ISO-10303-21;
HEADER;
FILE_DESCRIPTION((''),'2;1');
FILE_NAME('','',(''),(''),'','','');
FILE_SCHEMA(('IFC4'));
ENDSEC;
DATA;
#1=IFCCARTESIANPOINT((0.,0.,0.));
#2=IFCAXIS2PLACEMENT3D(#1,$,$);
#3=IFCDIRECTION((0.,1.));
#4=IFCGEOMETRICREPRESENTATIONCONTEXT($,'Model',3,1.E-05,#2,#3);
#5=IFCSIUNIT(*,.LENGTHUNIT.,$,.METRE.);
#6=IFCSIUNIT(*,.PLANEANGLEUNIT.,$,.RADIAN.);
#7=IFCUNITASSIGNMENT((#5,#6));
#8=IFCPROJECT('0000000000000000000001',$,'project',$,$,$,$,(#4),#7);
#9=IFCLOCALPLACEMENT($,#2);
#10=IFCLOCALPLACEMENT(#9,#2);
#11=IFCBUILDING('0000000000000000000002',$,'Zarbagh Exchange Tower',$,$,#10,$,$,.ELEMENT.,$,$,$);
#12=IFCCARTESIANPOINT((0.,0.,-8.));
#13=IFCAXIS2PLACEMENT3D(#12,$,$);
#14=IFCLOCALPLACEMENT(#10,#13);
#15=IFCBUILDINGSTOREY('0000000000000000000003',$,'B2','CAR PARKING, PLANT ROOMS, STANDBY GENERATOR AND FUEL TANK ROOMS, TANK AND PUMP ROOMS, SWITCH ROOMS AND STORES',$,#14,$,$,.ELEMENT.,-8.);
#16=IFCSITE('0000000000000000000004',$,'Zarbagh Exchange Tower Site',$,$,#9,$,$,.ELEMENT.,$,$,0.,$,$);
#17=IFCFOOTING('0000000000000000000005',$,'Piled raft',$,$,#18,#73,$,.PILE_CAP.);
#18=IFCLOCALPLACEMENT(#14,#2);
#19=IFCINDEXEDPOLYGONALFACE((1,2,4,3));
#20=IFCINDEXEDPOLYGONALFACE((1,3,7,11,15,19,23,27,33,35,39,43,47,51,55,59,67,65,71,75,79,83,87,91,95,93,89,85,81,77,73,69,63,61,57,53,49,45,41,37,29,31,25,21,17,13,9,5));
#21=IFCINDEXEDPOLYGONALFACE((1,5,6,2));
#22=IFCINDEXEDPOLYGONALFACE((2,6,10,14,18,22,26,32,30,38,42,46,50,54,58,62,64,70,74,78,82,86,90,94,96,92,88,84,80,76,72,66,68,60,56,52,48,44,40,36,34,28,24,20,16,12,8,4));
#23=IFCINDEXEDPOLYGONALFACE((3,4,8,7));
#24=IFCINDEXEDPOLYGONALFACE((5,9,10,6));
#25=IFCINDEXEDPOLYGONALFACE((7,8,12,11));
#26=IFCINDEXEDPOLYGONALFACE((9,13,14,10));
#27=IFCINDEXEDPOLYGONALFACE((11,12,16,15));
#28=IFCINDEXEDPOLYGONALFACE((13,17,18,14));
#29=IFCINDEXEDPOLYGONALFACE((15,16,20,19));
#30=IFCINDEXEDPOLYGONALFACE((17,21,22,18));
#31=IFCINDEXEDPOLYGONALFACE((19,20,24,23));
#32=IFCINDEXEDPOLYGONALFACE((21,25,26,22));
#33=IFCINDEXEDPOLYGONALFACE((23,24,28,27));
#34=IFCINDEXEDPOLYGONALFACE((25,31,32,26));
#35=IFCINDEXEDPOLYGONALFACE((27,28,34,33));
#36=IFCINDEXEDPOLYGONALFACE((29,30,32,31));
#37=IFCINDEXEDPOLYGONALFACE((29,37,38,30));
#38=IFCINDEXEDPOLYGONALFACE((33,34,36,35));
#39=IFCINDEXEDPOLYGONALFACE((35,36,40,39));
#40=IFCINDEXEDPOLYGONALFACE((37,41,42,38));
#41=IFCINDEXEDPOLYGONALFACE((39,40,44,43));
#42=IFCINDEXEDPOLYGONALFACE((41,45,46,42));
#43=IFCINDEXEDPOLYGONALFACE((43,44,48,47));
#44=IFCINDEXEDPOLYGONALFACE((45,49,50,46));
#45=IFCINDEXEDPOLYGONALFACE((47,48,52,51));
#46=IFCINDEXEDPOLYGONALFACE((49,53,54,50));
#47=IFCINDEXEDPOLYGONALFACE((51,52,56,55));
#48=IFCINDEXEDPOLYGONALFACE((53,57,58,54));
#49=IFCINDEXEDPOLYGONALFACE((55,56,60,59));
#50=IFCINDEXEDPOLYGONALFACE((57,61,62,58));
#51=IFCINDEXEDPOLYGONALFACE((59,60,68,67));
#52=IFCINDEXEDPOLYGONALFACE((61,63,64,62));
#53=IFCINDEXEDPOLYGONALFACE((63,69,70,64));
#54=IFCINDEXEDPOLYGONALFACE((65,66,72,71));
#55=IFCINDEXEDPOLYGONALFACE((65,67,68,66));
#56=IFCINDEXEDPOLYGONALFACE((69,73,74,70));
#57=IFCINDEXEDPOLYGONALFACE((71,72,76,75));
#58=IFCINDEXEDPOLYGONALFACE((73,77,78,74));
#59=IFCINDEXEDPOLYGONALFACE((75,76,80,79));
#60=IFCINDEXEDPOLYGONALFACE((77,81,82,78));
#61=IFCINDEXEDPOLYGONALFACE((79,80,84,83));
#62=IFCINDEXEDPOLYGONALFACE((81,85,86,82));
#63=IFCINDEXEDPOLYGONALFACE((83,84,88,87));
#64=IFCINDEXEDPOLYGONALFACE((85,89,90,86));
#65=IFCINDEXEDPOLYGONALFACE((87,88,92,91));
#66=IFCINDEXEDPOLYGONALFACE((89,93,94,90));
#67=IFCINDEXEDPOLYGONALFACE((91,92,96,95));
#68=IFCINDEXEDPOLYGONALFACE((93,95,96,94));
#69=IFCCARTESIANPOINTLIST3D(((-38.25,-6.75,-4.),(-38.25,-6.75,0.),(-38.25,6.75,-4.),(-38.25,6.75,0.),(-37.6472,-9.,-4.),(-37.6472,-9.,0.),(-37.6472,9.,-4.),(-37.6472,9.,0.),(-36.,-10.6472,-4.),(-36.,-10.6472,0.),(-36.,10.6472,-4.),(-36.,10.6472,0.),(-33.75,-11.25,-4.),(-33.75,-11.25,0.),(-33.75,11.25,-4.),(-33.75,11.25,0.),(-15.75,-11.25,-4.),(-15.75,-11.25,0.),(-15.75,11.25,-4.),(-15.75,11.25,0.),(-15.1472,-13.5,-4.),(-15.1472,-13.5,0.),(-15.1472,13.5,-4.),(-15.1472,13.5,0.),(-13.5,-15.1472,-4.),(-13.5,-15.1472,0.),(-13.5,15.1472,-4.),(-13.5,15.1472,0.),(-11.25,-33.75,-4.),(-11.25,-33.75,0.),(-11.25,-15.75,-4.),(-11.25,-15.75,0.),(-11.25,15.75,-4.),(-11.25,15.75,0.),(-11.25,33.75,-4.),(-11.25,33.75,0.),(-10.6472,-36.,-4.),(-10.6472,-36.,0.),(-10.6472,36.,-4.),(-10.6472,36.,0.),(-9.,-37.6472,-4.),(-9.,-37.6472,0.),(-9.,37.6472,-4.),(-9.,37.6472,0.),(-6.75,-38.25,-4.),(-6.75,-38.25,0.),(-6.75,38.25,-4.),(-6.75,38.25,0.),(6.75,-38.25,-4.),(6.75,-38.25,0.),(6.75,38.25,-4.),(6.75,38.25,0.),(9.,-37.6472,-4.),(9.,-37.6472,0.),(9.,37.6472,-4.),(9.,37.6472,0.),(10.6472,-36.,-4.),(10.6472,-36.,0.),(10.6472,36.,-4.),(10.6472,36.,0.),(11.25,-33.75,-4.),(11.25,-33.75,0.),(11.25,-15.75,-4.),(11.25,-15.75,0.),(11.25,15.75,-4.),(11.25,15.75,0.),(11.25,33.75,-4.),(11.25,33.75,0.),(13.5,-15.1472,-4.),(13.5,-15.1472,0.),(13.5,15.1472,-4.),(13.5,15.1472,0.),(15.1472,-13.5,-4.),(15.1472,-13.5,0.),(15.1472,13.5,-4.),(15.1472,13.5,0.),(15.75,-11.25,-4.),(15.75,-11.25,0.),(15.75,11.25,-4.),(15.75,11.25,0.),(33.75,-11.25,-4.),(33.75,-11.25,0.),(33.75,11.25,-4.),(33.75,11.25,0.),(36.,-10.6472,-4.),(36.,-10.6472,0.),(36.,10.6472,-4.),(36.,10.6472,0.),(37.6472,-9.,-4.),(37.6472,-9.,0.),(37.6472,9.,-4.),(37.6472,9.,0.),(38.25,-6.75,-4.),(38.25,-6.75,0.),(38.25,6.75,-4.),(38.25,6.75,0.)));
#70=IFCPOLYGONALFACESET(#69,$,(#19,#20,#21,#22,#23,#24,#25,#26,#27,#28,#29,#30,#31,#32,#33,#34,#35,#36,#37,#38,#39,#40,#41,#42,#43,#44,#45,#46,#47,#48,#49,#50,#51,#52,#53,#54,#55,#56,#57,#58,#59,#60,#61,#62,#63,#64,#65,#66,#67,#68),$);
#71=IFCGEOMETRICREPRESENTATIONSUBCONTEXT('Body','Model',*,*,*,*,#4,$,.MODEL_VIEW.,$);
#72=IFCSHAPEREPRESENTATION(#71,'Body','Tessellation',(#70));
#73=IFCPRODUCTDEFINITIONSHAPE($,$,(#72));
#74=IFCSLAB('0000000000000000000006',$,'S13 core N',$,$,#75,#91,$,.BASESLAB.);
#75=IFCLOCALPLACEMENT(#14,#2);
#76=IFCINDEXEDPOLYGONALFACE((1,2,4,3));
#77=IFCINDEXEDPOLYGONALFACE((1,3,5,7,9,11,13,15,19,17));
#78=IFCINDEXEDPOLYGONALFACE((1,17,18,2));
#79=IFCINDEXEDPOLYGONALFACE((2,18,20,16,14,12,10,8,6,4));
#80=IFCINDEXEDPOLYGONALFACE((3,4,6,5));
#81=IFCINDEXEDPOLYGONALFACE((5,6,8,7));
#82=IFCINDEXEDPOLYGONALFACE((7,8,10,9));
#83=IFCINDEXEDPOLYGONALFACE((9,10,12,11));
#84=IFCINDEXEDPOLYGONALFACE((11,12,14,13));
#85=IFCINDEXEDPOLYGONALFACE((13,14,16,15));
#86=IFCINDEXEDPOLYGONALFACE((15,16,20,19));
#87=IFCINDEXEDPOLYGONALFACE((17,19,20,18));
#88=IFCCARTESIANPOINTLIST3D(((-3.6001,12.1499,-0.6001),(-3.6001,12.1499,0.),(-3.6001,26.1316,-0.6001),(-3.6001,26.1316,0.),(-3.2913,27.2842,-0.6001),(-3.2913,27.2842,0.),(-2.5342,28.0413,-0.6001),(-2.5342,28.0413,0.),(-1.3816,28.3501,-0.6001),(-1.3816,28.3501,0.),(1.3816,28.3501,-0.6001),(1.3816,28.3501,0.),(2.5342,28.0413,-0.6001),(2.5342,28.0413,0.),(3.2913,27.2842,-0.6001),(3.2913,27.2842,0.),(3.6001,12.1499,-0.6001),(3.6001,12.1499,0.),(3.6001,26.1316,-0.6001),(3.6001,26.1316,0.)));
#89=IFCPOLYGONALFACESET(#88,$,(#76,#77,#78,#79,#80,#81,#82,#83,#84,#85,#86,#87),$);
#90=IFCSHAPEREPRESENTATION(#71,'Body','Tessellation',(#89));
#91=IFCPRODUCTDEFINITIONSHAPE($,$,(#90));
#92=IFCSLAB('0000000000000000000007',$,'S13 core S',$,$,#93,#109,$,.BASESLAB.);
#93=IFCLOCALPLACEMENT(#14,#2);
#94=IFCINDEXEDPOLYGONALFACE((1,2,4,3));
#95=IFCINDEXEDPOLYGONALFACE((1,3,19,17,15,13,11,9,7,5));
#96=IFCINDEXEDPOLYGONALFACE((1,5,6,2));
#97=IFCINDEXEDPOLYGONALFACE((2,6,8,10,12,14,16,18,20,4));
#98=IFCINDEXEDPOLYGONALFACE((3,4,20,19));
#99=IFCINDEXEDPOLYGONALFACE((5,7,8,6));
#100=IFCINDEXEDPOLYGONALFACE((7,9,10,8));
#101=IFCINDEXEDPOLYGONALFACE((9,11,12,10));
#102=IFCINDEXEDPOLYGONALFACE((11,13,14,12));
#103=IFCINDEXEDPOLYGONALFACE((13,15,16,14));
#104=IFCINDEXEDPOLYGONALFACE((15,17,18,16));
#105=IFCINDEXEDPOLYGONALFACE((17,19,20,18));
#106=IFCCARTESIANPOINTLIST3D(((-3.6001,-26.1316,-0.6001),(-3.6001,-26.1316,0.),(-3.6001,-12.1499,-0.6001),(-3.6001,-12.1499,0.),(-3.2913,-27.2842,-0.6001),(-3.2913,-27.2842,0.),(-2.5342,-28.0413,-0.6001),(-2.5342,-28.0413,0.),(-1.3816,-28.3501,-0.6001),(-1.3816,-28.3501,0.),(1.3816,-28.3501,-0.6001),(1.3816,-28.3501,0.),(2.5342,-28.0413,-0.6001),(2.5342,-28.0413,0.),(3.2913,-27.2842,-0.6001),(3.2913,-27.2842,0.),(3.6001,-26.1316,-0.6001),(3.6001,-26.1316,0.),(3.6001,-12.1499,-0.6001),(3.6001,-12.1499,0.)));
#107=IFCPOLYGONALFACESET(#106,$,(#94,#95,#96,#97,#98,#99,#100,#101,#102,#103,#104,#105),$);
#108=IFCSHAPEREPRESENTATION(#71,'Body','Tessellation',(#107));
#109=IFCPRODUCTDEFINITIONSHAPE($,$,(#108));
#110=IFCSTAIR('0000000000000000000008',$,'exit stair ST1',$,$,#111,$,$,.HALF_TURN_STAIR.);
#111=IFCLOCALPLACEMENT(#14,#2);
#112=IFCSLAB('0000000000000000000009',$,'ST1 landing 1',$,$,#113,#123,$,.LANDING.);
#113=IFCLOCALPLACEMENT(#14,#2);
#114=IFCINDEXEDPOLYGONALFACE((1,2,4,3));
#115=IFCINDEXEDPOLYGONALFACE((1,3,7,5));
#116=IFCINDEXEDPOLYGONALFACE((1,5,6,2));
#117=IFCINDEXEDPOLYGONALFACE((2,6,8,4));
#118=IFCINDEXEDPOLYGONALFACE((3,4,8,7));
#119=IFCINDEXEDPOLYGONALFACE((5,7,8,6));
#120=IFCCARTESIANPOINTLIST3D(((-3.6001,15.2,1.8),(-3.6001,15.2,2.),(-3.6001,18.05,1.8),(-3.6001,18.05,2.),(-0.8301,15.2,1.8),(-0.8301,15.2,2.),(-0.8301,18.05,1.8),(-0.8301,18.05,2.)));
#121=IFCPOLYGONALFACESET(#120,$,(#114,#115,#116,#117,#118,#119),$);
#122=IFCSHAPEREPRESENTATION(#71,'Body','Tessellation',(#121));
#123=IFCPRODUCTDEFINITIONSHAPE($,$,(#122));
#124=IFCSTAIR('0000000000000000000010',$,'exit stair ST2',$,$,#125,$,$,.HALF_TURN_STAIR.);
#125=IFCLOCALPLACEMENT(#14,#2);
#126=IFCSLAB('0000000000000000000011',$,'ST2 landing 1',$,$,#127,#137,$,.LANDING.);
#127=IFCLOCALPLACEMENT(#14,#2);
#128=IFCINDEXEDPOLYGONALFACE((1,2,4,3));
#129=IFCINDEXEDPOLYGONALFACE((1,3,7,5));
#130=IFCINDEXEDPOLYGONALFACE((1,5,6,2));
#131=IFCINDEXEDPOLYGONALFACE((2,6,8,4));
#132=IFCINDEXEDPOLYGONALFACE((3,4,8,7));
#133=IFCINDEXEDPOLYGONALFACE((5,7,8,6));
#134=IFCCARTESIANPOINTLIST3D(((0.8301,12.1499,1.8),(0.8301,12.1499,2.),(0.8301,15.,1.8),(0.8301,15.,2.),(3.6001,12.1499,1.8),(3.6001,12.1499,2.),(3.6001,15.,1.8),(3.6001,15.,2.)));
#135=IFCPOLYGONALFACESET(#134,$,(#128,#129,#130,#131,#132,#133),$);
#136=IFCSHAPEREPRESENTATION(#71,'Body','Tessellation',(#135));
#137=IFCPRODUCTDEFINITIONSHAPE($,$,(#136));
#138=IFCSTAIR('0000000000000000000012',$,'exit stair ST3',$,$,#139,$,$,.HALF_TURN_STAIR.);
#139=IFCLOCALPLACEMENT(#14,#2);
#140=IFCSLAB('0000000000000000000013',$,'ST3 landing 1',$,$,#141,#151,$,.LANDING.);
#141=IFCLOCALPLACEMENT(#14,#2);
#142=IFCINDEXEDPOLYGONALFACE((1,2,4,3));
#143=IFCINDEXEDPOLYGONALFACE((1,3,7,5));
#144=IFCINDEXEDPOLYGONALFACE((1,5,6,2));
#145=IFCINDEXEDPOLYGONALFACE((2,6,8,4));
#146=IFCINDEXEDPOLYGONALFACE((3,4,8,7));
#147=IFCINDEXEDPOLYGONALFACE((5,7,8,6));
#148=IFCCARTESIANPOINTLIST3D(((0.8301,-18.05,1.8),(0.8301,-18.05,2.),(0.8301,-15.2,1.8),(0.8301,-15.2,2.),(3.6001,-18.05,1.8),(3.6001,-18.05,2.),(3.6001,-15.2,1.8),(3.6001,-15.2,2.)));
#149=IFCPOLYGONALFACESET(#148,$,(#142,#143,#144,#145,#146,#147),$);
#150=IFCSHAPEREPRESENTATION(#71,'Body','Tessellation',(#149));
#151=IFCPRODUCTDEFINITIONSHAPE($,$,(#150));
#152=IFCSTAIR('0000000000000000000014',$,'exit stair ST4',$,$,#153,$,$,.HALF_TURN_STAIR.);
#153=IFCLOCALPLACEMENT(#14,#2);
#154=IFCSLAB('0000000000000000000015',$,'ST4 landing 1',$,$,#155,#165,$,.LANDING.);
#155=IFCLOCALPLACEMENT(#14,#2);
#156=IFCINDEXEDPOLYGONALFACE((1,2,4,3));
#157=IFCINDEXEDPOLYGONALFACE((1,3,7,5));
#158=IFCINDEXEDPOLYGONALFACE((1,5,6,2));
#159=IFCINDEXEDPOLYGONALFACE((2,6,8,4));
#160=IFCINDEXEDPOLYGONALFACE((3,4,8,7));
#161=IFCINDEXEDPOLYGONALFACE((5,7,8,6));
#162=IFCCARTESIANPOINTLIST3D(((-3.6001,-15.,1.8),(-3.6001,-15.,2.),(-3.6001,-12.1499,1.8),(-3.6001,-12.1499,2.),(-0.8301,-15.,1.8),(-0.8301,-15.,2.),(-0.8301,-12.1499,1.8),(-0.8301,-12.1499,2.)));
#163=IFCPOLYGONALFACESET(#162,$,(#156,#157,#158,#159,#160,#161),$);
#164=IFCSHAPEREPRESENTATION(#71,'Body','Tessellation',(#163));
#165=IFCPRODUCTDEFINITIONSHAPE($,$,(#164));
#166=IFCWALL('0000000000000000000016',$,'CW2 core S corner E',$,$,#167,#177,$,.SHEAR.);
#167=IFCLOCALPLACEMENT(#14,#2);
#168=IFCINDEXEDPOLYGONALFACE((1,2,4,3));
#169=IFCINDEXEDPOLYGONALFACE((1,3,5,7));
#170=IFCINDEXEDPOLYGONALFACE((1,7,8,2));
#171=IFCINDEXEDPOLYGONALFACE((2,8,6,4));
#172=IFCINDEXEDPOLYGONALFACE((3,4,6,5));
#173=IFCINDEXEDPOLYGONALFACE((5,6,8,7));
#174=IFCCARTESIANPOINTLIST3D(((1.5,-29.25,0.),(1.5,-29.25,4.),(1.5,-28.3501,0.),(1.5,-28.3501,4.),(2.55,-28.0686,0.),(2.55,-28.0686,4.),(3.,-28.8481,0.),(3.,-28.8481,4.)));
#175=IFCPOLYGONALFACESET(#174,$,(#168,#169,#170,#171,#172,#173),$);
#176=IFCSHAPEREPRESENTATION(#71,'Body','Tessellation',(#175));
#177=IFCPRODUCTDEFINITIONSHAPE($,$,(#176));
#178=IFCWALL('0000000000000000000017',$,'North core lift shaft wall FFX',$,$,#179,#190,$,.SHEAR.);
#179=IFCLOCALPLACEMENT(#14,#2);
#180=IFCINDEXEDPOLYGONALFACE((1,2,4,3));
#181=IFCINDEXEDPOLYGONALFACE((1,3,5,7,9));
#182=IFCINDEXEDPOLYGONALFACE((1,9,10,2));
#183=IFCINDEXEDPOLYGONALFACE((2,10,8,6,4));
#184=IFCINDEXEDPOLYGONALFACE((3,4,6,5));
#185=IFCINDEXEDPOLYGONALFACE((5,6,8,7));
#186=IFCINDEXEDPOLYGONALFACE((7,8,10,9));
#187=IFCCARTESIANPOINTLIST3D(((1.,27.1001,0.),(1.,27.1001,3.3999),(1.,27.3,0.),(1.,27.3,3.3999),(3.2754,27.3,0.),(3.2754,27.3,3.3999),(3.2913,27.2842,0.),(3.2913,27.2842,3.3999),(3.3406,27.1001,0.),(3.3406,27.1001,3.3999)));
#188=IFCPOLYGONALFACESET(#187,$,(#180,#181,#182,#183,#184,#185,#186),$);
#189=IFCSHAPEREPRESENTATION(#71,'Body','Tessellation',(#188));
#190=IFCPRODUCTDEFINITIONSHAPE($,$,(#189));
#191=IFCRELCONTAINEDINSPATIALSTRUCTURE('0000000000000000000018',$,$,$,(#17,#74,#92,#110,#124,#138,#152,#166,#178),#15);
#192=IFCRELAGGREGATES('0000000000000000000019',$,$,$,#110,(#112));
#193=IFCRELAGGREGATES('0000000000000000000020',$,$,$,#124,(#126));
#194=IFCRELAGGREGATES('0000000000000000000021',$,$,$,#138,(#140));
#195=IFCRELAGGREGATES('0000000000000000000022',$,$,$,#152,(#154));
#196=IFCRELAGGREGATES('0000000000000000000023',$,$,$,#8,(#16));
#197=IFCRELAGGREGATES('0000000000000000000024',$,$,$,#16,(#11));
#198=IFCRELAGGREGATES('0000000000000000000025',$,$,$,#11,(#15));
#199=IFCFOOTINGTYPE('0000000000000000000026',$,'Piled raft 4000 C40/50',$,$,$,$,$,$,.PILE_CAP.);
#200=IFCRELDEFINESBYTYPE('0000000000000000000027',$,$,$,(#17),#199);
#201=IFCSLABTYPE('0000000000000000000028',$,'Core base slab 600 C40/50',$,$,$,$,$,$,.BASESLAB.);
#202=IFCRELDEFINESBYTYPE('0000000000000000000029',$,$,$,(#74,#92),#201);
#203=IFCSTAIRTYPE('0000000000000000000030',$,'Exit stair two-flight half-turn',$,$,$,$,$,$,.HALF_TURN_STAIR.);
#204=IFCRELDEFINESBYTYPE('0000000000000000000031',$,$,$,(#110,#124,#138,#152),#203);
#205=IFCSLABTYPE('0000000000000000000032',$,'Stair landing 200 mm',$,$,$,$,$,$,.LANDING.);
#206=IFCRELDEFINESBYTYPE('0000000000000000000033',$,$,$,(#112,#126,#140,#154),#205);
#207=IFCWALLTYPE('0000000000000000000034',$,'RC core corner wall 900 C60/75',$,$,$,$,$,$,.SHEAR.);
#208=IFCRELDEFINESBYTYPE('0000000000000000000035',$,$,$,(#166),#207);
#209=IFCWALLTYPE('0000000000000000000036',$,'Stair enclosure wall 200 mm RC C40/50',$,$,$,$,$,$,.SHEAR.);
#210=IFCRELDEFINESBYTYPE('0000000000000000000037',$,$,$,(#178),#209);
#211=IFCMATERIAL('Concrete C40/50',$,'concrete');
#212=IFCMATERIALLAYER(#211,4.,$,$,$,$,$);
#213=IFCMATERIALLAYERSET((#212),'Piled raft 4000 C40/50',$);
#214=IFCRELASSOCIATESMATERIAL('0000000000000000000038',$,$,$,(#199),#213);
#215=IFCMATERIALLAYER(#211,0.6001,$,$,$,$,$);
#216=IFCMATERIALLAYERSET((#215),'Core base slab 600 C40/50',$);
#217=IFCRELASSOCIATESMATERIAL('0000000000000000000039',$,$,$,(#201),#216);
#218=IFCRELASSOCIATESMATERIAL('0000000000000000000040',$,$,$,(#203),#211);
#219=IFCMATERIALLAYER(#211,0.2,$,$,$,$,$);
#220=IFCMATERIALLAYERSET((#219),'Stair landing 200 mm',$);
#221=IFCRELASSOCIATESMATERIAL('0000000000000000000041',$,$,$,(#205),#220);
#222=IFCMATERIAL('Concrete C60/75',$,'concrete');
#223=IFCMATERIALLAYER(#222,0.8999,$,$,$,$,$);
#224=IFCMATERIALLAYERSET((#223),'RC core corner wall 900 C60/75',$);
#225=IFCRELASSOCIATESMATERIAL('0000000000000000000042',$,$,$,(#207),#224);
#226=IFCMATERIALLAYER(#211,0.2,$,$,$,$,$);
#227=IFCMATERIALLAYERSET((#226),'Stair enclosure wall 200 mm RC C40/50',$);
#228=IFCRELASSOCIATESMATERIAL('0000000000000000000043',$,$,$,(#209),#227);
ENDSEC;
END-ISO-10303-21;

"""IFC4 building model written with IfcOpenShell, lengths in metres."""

from ifc_helpers import new_model, si_unit, direction, frame, origin, place, context, subcontext, project, spatial, polyline, outline, extrude, material, layer, layer_set, type_object, element, aggregate, save


model = new_model("IFC4")

# Units and contexts
model_context = context("Model", 3, precision=1e-05, world=origin(), true_north=direction((0.0, 1.0)))
body_context = subcontext(model_context, "Body", "Model", "MODEL_VIEW")
ifc_project = project(units=[si_unit("LENGTHUNIT", "METRE"), si_unit("PLANEANGLEUNIT", "RADIAN")], contexts=[model_context])

# Site, building, storey
site_placement = place(None, origin())
site = spatial("IfcSite", under=ifc_project, at=site_placement, Name="Zarbagh Exchange Tower Site", CompositionType="ELEMENT", RefElevation=0.0)
building_placement = place(site_placement, origin())
building = spatial("IfcBuilding", under=site, at=building_placement, Name="Zarbagh Exchange Tower", CompositionType="ELEMENT")
storey_placement = place(building_placement, frame((0.0, 0.0, -8.0)))
storey = spatial("IfcBuildingStorey", under=building, at=storey_placement, Name="B2", Description="CAR PARKING, PLANT ROOMS, STANDBY GENERATOR AND FUEL TANK ROOMS, TANK AND PUMP ROOMS, SWITCH ROOMS AND STORES", CompositionType="ELEMENT", Elevation=-8.0)

# Shared definitions
ifc_material_1 = material(Name="Concrete C40/50", Category="concrete")

# Footing
ifc_layer_1 = layer(ifc_material_1, 4.0)
ifc_layer_set_1 = layer_set([ifc_layer_1], Name="Piled raft 4000 C40/50")
footing_type = type_object("IfcFootingType", Name="Piled raft 4000 C40/50", PredefinedType="PILE_CAP", material=ifc_layer_set_1)
footing_placement = place(storey_placement, frame((0.0, 0.0, -4.0)))
element("IfcFooting", 1, at=footing_placement, inside=storey, type_object=footing_type, Name="Piled raft", PredefinedType="PILE_CAP", context=body_context, shape_type="SweptSolid", body=[
    extrude(outline(polyline([(6.75, -38.25), (-6.75, -38.25), (-9.0, -37.6472), (-10.6472, -36.0), (-11.25, -33.75), (-11.25, -15.75), (-13.5, -15.1472), (-15.1472, -13.5), (-15.75, -11.25), (-33.75, -11.25), (-36.0, -10.6472), (-37.6472, -9.0), (-38.25, -6.75), (-38.25, 6.75), (-37.6472, 9.0), (-36.0, 10.6472), (-33.75, 11.25), (-15.75, 11.25), (-15.1472, 13.5), (-13.5, 15.1472), (-11.25, 15.75), (-11.25, 33.75), (-10.6472, 36.0), (-9.0, 37.6472), (-6.75, 38.25), (6.75, 38.25), (9.0, 37.6472), (10.6472, 36.0), (11.25, 33.75), (11.25, 15.75), (13.5, 15.1472), (15.1472, 13.5), (15.75, 11.25), (33.75, 11.25), (36.0, 10.6472), (37.6472, 9.0), (38.25, 6.75), (38.25, -6.75), (37.6472, -9.0), (36.0, -10.6472), (33.75, -11.25), (15.75, -11.25), (15.1472, -13.5), (13.5, -15.1472), (11.25, -15.75), (11.25, -33.75), (10.6472, -36.0), (9.0, -37.6472), (6.75, -38.25)])), origin(), (0.0, 0.0, 1.0), 4.0),
])

# Slabs
ifc_layer_2 = layer(ifc_material_1, 0.6001)
ifc_layer_set_2 = layer_set([ifc_layer_2], Name="Core base slab 600 C40/50")
slab_type_1 = type_object("IfcSlabType", Name="Core base slab 600 C40/50", PredefinedType="BASESLAB", material=ifc_layer_set_2)
slab_1_placement = place(storey_placement, frame((0.0, 0.0, -0.6001)))
element("IfcSlab", 2, at=slab_1_placement, inside=storey, type_object=slab_type_1, Name="S13 core N", PredefinedType="BASESLAB", context=body_context, shape_type="SweptSolid", body=[
    extrude(outline(polyline([(3.6001, 12.1499), (-3.6001, 12.1499), (-3.6001, 26.1316), (-3.2913, 27.2842), (-2.5342, 28.0413), (-1.3816, 28.3501), (1.3816, 28.3501), (2.5342, 28.0413), (3.2913, 27.2842), (3.6001, 26.1316), (3.6001, 12.1499)])), origin(), (0.0, 0.0, 1.0), 0.6001),
])
slab_2_placement = place(storey_placement, frame((0.0, 0.0, -0.6001)))
element("IfcSlab", 3, at=slab_2_placement, inside=storey, type_object=slab_type_1, Name="S13 core S", PredefinedType="BASESLAB", context=body_context, shape_type="SweptSolid", body=[
    extrude(outline(polyline([(-1.3816, -28.3501), (-2.5342, -28.0413), (-3.2913, -27.2842), (-3.6001, -26.1316), (-3.6001, -12.1499), (3.6001, -12.1499), (3.6001, -26.1316), (3.2913, -27.2842), (2.5342, -28.0413), (1.3816, -28.3501), (-1.3816, -28.3501)])), origin(), (0.0, 0.0, 1.0), 0.6001),
])

# Stairs, slabs
stair_type = type_object("IfcStairType", Name="Exit stair two-flight half-turn", PredefinedType="HALF_TURN_STAIR", material=ifc_material_1)
stair_1_placement = place(storey_placement, origin())
stair_1 = element("IfcStair", 4, at=stair_1_placement, inside=storey, type_object=stair_type, Name="exit stair ST1", PredefinedType="HALF_TURN_STAIR")
ifc_layer_3 = layer(ifc_material_1, 0.2)
ifc_layer_set_3 = layer_set([ifc_layer_3], Name="Stair landing 200 mm")
slab_type_2 = type_object("IfcSlabType", Name="Stair landing 200 mm", PredefinedType="LANDING", material=ifc_layer_set_3)
slab_3_placement = place(storey_placement, frame((0.0, 0.0, 1.8)))
slab_3 = element("IfcSlab", 5, at=slab_3_placement, type_object=slab_type_2, Name="ST1 landing 1", PredefinedType="LANDING", context=body_context, shape_type="SweptSolid", body=[
    extrude(outline(polyline([(-0.8301, 18.05), (-3.6001, 18.05), (-3.6001, 15.2), (-0.8301, 15.2), (-0.8301, 18.05)])), origin(), (0.0, 0.0, 1.0), 0.2),
])
aggregate(stair_1, [slab_3])
stair_2_placement = place(storey_placement, origin())
stair_2 = element("IfcStair", 6, at=stair_2_placement, inside=storey, type_object=stair_type, Name="exit stair ST2", PredefinedType="HALF_TURN_STAIR")
slab_4_placement = place(storey_placement, frame((0.0, 0.0, 1.8)))
slab_4 = element("IfcSlab", 7, at=slab_4_placement, type_object=slab_type_2, Name="ST2 landing 1", PredefinedType="LANDING", context=body_context, shape_type="SweptSolid", body=[
    extrude(outline(polyline([(0.8301, 12.1499), (3.6001, 12.1499), (3.6001, 15.0), (0.8301, 15.0), (0.8301, 12.1499)])), origin(), (0.0, 0.0, 1.0), 0.2),
])
aggregate(stair_2, [slab_4])
stair_3_placement = place(storey_placement, origin())
stair_3 = element("IfcStair", 8, at=stair_3_placement, inside=storey, type_object=stair_type, Name="exit stair ST3", PredefinedType="HALF_TURN_STAIR")
slab_5_placement = place(storey_placement, frame((0.0, 0.0, 1.8)))
slab_5 = element("IfcSlab", 9, at=slab_5_placement, type_object=slab_type_2, Name="ST3 landing 1", PredefinedType="LANDING", context=body_context, shape_type="SweptSolid", body=[
    extrude(outline(polyline([(0.8301, -18.05), (3.6001, -18.05), (3.6001, -15.2), (0.8301, -15.2), (0.8301, -18.05)])), origin(), (0.0, 0.0, 1.0), 0.2),
])
aggregate(stair_3, [slab_5])
stair_4_placement = place(storey_placement, origin())
stair_4 = element("IfcStair", 10, at=stair_4_placement, inside=storey, type_object=stair_type, Name="exit stair ST4", PredefinedType="HALF_TURN_STAIR")
slab_6_placement = place(storey_placement, frame((0.0, 0.0, 1.8)))
slab_6 = element("IfcSlab", 11, at=slab_6_placement, type_object=slab_type_2, Name="ST4 landing 1", PredefinedType="LANDING", context=body_context, shape_type="SweptSolid", body=[
    extrude(outline(polyline([(-0.8301, -12.1499), (-3.6001, -12.1499), (-3.6001, -15.0), (-0.8301, -15.0), (-0.8301, -12.1499)])), origin(), (0.0, 0.0, 1.0), 0.2),
])
aggregate(stair_4, [slab_6])

# Walls
ifc_material_2 = material(Name="Concrete C60/75", Category="concrete")
ifc_layer_4 = layer(ifc_material_2, 0.8999)
ifc_layer_set_4 = layer_set([ifc_layer_4], Name="RC core corner wall 900 C60/75")
wall_type_1 = type_object("IfcWallType", Name="RC core corner wall 900 C60/75", PredefinedType="SHEAR", material=ifc_layer_set_4)
wall_1_placement = place(storey_placement, origin())
element("IfcWall", 12, at=wall_1_placement, inside=storey, type_object=wall_type_1, Name="CW2 core S corner E", PredefinedType="SHEAR", context=body_context, shape_type="SweptSolid", body=[
    extrude(outline(polyline([(3.0, -28.8481), (1.5, -29.25), (1.5, -28.3501), (2.55, -28.0686), (3.0, -28.8481)])), origin(), (0.0, 0.0, 1.0), 4.0),
])
ifc_layer_5 = layer(ifc_material_1, 0.2)
ifc_layer_set_5 = layer_set([ifc_layer_5], Name="Stair enclosure wall 200 mm RC C40/50")
wall_type_2 = type_object("IfcWallType", Name="Stair enclosure wall 200 mm RC C40/50", PredefinedType="SHEAR", material=ifc_layer_set_5)
wall_2_placement = place(storey_placement, origin())
element("IfcWall", 13, at=wall_2_placement, inside=storey, type_object=wall_type_2, Name="North core lift shaft wall FFX", PredefinedType="SHEAR", context=body_context, shape_type="SweptSolid", body=[
    extrude(outline(polyline([(1.0, 27.1001), (3.3406, 27.1001), (3.2913, 27.2842), (3.2754, 27.3), (1.0, 27.3), (1.0, 27.1001)])), origin(), (0.0, 0.0, 1.0), 3.3999),
])

save(model, "model.ifc")
